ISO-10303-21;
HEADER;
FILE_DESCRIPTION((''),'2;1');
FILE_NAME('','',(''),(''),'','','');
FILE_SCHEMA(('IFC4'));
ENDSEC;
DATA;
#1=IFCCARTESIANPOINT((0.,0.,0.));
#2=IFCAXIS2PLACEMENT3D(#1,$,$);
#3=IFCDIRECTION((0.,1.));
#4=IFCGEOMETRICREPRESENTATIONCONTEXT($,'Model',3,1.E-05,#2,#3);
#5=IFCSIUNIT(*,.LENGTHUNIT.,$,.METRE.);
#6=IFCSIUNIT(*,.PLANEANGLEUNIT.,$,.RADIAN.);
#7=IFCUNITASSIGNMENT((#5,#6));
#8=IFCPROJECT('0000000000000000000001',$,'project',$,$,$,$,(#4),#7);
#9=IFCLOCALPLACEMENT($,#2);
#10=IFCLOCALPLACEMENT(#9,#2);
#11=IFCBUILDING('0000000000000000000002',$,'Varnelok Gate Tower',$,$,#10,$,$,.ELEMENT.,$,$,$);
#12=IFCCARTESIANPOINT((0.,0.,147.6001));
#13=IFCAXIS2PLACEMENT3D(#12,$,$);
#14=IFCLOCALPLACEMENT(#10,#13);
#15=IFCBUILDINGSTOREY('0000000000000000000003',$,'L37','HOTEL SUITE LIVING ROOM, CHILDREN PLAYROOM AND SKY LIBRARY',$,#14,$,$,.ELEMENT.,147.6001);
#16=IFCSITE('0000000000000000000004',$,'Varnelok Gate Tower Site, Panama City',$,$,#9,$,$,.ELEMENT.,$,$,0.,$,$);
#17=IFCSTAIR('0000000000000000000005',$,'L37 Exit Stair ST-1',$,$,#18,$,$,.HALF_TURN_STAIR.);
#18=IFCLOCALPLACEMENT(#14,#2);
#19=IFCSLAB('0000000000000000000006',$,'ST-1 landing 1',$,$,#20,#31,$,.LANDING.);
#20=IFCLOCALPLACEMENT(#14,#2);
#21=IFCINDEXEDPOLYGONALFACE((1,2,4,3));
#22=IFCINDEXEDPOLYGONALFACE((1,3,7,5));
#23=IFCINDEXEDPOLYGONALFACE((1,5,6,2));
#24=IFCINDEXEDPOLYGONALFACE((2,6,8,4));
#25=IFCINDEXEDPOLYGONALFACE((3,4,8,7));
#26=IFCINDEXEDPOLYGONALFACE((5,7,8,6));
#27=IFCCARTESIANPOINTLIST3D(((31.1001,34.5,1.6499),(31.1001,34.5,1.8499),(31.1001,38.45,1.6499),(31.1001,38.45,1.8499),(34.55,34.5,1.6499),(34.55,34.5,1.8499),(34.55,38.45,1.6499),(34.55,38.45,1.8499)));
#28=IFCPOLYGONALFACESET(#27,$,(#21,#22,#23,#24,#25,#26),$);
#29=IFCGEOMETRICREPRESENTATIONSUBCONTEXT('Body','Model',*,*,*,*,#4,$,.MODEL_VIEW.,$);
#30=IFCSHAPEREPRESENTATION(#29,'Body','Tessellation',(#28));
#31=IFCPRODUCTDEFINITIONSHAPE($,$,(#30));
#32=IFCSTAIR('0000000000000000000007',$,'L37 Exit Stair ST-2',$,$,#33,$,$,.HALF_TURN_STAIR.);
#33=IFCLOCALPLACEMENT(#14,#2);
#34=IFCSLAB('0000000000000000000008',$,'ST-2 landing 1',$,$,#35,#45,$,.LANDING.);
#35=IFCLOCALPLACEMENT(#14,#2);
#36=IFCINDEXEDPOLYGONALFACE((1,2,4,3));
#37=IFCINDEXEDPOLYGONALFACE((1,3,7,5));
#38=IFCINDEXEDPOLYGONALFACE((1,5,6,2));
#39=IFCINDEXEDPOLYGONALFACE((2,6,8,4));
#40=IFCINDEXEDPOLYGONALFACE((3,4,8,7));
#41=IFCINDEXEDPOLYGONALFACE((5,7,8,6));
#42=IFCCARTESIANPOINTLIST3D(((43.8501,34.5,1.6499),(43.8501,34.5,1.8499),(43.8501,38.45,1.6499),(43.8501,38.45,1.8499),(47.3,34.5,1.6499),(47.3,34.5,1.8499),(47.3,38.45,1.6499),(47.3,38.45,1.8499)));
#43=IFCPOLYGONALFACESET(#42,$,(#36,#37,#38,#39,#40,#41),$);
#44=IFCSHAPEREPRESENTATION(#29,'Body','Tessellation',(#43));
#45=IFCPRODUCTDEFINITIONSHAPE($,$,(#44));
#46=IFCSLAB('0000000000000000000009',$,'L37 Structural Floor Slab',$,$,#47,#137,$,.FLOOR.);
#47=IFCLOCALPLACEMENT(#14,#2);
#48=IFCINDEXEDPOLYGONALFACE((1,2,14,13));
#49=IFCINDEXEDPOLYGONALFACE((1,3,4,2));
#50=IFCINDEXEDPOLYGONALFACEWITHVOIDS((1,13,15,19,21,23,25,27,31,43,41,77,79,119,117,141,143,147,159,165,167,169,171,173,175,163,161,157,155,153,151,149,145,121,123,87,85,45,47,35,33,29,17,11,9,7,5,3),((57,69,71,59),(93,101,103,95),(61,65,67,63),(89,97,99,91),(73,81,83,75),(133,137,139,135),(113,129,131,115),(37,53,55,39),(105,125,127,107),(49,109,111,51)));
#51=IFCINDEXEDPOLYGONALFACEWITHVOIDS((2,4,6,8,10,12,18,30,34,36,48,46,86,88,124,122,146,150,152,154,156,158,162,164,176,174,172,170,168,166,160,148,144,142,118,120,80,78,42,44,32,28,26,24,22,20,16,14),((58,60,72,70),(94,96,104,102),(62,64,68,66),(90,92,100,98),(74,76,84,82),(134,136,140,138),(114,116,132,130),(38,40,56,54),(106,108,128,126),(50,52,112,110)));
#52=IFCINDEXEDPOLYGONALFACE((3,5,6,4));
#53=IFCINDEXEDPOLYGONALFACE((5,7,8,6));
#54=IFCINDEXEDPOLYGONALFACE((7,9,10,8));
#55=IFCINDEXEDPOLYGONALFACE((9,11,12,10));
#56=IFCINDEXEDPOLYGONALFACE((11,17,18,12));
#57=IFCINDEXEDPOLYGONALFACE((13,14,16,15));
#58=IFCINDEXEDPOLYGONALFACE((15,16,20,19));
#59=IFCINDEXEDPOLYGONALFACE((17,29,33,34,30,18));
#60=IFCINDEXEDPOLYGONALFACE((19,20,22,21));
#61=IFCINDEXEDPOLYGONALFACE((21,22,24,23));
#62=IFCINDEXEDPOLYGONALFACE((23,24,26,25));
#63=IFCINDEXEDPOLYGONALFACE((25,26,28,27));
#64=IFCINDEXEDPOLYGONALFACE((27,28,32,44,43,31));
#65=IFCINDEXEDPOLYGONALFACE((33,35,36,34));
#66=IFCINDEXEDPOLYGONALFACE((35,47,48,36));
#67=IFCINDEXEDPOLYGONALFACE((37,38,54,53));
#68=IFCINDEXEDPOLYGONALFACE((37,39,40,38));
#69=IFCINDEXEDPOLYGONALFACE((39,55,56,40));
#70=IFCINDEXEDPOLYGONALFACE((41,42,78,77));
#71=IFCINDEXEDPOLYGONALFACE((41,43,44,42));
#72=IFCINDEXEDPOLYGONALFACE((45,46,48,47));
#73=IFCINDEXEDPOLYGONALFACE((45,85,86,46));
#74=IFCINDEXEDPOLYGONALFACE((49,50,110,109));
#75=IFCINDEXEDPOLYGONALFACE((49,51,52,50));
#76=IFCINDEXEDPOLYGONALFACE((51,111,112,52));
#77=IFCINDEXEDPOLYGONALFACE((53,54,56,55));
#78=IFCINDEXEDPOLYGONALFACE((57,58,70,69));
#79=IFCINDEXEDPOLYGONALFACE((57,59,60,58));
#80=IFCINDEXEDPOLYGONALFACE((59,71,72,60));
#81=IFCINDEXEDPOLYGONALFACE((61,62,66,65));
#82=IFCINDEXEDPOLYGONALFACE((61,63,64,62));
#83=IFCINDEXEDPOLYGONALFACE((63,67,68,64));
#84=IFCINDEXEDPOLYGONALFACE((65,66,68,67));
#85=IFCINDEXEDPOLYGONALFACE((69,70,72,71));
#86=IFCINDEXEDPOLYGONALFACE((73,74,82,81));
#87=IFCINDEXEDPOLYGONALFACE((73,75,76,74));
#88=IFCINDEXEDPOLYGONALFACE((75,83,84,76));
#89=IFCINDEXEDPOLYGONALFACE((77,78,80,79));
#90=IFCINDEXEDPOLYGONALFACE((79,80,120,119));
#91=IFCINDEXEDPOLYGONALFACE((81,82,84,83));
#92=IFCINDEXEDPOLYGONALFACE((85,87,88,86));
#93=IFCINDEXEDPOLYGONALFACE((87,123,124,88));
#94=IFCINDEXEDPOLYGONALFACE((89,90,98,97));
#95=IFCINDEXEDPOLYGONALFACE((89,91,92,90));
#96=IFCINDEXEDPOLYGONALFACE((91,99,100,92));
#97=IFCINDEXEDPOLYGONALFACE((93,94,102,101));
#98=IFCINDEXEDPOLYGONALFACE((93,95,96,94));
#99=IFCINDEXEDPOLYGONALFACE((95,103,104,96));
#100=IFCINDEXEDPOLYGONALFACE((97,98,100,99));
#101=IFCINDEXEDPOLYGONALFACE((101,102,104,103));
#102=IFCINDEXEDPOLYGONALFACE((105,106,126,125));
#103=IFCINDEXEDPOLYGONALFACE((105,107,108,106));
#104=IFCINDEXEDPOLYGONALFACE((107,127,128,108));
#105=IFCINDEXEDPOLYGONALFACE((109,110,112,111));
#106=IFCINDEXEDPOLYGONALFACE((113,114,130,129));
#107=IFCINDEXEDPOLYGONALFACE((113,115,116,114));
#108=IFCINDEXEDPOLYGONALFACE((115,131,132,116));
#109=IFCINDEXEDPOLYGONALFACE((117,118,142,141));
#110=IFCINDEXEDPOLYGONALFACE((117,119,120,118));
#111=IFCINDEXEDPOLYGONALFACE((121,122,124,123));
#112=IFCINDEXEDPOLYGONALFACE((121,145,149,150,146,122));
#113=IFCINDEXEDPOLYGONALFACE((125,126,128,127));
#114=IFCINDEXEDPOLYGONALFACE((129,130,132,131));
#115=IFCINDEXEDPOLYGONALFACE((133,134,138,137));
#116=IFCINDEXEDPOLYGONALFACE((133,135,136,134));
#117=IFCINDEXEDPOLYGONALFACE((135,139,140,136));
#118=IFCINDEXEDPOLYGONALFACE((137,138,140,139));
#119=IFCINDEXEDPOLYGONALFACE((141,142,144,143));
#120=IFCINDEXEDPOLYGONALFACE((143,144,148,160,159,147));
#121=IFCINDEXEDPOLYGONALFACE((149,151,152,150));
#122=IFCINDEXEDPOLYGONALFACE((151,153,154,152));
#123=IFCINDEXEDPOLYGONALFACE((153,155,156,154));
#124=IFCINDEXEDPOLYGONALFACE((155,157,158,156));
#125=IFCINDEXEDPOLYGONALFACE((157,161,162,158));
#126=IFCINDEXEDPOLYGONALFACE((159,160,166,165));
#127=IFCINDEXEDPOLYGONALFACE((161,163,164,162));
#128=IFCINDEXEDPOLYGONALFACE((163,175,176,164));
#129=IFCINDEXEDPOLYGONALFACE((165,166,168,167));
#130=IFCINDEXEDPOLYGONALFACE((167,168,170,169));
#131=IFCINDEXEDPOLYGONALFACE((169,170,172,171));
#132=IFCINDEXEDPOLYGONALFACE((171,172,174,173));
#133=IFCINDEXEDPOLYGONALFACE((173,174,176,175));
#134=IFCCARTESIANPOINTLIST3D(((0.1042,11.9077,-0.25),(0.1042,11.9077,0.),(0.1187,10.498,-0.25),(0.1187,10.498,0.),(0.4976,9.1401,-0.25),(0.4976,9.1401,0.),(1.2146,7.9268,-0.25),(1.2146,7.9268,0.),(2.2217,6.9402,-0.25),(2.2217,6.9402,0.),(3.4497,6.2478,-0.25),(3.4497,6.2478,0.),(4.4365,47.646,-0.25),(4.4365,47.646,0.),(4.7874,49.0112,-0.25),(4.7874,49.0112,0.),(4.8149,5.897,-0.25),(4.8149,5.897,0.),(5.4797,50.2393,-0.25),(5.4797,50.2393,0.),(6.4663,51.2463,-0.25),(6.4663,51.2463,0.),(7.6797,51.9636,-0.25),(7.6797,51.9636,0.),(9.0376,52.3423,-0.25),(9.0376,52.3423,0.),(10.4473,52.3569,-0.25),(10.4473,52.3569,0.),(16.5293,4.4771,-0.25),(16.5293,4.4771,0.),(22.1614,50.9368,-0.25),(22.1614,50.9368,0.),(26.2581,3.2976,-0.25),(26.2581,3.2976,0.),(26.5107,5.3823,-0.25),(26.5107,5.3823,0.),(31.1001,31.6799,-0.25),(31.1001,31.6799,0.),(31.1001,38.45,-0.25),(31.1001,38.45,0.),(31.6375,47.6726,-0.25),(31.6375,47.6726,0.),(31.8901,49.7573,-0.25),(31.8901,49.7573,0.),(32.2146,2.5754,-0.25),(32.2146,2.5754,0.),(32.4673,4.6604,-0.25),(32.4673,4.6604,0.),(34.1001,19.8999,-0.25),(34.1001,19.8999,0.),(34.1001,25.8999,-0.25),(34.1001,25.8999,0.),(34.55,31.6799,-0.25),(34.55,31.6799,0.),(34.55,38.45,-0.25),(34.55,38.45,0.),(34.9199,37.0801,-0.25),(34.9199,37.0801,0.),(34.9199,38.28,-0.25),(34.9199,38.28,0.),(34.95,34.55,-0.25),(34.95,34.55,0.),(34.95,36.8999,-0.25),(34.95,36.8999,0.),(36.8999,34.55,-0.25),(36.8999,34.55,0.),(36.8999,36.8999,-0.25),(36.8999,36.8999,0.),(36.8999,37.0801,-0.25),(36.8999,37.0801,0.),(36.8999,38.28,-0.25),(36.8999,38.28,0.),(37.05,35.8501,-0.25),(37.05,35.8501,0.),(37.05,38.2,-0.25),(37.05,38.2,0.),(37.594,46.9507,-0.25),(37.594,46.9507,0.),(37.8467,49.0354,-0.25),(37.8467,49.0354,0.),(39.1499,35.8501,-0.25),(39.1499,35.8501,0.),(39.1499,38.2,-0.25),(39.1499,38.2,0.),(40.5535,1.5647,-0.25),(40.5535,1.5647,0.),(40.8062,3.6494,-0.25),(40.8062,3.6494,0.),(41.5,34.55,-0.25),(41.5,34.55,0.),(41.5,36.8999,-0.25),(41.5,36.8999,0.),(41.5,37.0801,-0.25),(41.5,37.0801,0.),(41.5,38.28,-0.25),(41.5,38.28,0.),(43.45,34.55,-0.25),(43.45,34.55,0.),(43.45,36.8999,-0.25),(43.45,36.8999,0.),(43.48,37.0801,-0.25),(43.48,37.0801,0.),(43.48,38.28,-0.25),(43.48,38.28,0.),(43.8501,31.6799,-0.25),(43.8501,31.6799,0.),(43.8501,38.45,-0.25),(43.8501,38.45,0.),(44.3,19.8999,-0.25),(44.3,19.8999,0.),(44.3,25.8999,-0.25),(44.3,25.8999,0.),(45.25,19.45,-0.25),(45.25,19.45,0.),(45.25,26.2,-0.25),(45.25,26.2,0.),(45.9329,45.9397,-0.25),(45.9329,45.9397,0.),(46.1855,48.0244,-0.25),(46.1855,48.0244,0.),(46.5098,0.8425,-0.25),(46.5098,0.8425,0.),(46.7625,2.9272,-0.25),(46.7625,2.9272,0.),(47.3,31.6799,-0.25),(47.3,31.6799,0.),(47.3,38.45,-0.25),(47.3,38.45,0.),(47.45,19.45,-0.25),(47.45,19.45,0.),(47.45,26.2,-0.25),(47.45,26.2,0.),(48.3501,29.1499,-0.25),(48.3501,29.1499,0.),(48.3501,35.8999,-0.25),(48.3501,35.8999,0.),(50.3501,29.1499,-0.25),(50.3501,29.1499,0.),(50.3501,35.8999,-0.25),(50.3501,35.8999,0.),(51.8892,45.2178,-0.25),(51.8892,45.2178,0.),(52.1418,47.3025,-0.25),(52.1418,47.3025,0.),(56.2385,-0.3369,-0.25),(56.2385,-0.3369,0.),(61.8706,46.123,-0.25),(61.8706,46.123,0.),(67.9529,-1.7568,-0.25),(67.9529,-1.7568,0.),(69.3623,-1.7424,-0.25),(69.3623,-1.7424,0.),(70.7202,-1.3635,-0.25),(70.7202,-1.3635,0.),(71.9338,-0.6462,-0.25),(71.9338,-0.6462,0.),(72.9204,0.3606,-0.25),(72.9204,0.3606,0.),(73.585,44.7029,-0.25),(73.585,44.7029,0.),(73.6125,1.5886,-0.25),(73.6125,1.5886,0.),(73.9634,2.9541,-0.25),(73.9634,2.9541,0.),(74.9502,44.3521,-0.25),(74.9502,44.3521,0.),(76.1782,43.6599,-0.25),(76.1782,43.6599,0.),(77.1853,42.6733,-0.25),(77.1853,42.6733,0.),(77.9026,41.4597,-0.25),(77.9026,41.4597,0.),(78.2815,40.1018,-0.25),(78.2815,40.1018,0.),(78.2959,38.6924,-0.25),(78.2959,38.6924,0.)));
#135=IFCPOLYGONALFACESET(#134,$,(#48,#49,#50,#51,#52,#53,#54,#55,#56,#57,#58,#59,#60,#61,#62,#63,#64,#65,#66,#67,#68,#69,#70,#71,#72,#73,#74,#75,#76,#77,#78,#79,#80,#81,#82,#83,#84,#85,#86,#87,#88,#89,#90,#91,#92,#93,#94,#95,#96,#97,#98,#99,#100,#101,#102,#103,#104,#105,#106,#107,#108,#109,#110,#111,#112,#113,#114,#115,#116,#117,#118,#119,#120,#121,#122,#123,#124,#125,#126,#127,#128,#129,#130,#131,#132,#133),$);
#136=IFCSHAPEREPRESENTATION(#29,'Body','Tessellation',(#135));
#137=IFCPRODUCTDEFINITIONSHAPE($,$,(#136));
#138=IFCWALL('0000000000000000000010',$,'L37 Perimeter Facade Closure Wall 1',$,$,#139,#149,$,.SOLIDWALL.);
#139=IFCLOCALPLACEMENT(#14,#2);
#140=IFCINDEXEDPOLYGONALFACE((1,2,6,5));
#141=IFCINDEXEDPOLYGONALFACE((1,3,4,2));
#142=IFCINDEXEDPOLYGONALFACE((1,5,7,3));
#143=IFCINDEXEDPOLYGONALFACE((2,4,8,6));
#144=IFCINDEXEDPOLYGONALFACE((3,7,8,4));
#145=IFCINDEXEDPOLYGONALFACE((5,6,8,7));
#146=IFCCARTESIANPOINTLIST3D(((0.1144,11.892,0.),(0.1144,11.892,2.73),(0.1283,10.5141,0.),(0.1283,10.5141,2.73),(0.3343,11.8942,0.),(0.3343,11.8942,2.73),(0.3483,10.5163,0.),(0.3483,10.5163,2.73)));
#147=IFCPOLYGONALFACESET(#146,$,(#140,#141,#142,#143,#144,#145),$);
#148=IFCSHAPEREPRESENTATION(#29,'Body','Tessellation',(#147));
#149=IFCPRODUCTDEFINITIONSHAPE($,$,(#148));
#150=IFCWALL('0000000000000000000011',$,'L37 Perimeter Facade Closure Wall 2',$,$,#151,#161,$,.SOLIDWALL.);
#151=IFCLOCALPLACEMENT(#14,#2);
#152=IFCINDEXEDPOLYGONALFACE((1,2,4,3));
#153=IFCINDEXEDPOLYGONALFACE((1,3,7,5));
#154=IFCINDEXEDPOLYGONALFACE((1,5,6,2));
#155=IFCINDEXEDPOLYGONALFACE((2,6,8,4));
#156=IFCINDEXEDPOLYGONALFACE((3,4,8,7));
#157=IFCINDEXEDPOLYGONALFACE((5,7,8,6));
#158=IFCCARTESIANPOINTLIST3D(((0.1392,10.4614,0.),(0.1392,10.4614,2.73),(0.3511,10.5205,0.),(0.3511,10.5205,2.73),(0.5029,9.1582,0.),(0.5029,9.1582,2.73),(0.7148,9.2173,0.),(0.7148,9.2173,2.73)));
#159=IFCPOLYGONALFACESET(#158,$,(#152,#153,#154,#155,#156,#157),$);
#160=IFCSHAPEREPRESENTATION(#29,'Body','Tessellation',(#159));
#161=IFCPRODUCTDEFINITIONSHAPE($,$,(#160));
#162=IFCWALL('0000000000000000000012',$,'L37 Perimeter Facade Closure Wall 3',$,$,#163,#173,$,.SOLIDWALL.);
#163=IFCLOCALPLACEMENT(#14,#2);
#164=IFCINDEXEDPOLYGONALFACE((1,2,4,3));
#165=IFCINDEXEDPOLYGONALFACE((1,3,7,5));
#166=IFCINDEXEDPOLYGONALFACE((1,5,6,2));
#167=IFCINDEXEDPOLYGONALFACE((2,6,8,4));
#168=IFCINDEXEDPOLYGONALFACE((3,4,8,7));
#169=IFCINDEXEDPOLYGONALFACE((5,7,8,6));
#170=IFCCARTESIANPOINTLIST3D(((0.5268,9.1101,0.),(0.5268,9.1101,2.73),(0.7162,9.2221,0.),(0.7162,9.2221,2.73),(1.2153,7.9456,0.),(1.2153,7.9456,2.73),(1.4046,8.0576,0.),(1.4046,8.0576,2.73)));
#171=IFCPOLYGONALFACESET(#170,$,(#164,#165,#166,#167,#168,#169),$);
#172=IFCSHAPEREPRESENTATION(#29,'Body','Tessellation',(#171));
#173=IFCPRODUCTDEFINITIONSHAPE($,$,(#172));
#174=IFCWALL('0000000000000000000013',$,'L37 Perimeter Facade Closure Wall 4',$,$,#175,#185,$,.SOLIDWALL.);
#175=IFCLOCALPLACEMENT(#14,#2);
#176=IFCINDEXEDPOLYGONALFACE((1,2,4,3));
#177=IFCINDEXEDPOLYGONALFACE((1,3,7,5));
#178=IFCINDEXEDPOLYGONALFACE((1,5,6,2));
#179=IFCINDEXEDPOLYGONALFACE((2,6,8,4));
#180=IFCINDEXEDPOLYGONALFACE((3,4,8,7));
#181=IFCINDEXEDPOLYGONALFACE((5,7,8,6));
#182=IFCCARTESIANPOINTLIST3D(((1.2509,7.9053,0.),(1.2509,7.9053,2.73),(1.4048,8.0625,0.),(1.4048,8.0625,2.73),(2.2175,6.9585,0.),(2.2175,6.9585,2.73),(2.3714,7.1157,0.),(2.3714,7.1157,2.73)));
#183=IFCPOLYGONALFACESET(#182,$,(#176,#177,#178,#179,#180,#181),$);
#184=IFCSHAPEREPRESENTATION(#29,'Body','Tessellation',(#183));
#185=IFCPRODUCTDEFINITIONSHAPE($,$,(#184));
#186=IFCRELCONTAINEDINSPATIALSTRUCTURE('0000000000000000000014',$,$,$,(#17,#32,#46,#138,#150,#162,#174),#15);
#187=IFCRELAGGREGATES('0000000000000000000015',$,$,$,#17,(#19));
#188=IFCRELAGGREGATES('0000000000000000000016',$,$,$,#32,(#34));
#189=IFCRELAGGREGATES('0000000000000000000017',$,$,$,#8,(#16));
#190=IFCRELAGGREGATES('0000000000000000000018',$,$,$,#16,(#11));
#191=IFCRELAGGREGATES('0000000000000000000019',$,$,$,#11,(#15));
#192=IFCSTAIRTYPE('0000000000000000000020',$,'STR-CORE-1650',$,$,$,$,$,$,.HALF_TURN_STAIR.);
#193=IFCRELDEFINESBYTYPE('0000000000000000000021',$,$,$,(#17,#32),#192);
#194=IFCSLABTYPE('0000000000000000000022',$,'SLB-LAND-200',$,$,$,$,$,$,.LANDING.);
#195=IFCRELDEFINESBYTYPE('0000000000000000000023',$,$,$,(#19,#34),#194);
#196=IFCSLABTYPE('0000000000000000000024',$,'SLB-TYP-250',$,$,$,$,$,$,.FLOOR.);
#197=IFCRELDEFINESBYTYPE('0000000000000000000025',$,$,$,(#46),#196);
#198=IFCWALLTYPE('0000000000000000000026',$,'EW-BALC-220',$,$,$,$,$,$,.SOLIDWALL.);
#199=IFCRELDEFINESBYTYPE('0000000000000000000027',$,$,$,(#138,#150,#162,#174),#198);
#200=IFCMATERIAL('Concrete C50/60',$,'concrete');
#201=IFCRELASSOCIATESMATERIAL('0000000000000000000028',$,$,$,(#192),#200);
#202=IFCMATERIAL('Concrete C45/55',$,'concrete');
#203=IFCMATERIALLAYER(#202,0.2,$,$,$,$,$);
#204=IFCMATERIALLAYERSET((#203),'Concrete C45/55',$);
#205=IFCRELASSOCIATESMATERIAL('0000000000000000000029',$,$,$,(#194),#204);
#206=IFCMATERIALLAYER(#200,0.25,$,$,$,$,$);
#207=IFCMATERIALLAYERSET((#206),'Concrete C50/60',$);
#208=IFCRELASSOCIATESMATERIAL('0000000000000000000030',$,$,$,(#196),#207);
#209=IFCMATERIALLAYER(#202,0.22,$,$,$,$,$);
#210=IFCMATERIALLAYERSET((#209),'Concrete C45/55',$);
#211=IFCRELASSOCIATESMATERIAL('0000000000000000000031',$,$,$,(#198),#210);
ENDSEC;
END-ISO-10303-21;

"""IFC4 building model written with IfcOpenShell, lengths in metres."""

from ifc_helpers import new_model, si_unit, direction, frame, frame_2d, origin, place, context, subcontext, project, spatial, polyline, rectangle, outline, extrude, material, layer, layer_set, type_object, element, aggregate, save


model = new_model("IFC4")

# Units and contexts
model_context = context("Model", 3, precision=1e-05, world=origin(), true_north=direction((0.0, 1.0)))
body_context = subcontext(model_context, "Body", "Model", "MODEL_VIEW")
ifc_project = project(units=[si_unit("LENGTHUNIT", "METRE"), si_unit("PLANEANGLEUNIT", "RADIAN")], contexts=[model_context])

# Site, building, storey
site_placement = place(None, origin())
site = spatial("IfcSite", under=ifc_project, at=site_placement, Name="Varnelok Gate Tower Site, Panama City", CompositionType="ELEMENT", RefElevation=0.0)
building_placement = place(site_placement, origin())
building = spatial("IfcBuilding", under=site, at=building_placement, Name="Varnelok Gate Tower", CompositionType="ELEMENT")
storey_placement = place(building_placement, frame((0.0, 0.0, 147.6001)))
storey = spatial("IfcBuildingStorey", under=building, at=storey_placement, Name="L37", Description="HOTEL SUITE LIVING ROOM, CHILDREN PLAYROOM AND SKY LIBRARY", CompositionType="ELEMENT", Elevation=147.6001)

# Shared definitions
ifc_material_1 = material(Name="Concrete C45/55", Category="concrete")

# Stairs, slabs
ifc_material_2 = material(Name="Concrete C50/60", Category="concrete")
stair_type = type_object("IfcStairType", Name="STR-CORE-1650", PredefinedType="HALF_TURN_STAIR", material=ifc_material_2)
stair_1_placement = place(storey_placement, origin())
stair_1 = element("IfcStair", 1, at=stair_1_placement, inside=storey, type_object=stair_type, Name="L37 Exit Stair ST-1", PredefinedType="HALF_TURN_STAIR")
ifc_layer_1 = layer(ifc_material_1, 0.2)
ifc_layer_set_1 = layer_set([ifc_layer_1], Name="Concrete C45/55")
slab_type_1 = type_object("IfcSlabType", Name="SLB-LAND-200", PredefinedType="LANDING", material=ifc_layer_set_1)
slab_1_placement = place(storey_placement, frame((0.0, 0.0, 1.6499)))
slab_1 = element("IfcSlab", 2, at=slab_1_placement, type_object=slab_type_1, Name="ST-1 landing 1", PredefinedType="LANDING", context=body_context, shape_type="SweptSolid", body=[
    extrude(outline(polyline([(34.55, 34.5), (34.55, 38.45), (31.1001, 38.45), (31.1001, 34.5), (34.55, 34.5)])), origin(), (0.0, 0.0, 1.0), 0.2),
])
aggregate(stair_1, [slab_1])
stair_2_placement = place(storey_placement, origin())
stair_2 = element("IfcStair", 3, at=stair_2_placement, inside=storey, type_object=stair_type, Name="L37 Exit Stair ST-2", PredefinedType="HALF_TURN_STAIR")
slab_2_placement = place(storey_placement, frame((0.0, 0.0, 1.6499)))
slab_2 = element("IfcSlab", 4, at=slab_2_placement, type_object=slab_type_1, Name="ST-2 landing 1", PredefinedType="LANDING", context=body_context, shape_type="SweptSolid", body=[
    extrude(outline(polyline([(47.3, 34.5), (47.3, 38.45), (43.8501, 38.45), (43.8501, 34.5), (47.3, 34.5)])), origin(), (0.0, 0.0, 1.0), 0.2),
])
aggregate(stair_2, [slab_2])

# Slab
ifc_layer_2 = layer(ifc_material_2, 0.25)
ifc_layer_set_2 = layer_set([ifc_layer_2], Name="Concrete C50/60")
slab_type_2 = type_object("IfcSlabType", Name="SLB-TYP-250", PredefinedType="FLOOR", material=ifc_layer_set_2)
slab_3_placement = place(storey_placement, frame((0.0, 0.0, -0.25)))
element("IfcSlab", 5, at=slab_3_placement, inside=storey, type_object=slab_type_2, Name="L37 Structural Floor Slab", PredefinedType="FLOOR", context=body_context, shape_type="SweptSolid", body=[
    extrude(outline(polyline([(0.1042, 11.9077), (0.1187, 10.498), (0.4976, 9.1401), (1.2146, 7.9268), (2.2217, 6.9402), (3.4497, 6.2478), (4.8149, 5.897), (16.5293, 4.4771), (26.2581, 3.2976), (26.5107, 5.3823), (32.4673, 4.6604), (32.2146, 2.5754), (40.5535, 1.5647), (40.8062, 3.6494), (46.7625, 2.9272), (46.5098, 0.8425), (56.2385, -0.3369), (67.9529, -1.7568), (69.3623, -1.7424), (70.7202, -1.3635), (71.9338, -0.6462), (72.9204, 0.3606), (73.6125, 1.5886), (73.9634, 2.9541), (78.2959, 38.6924), (78.2815, 40.1018), (77.9026, 41.4597), (77.1853, 42.6733), (76.1782, 43.6599), (74.9502, 44.3521), (73.585, 44.7029), (61.8706, 46.123), (52.1418, 47.3025), (51.8892, 45.2178), (45.9329, 45.9397), (46.1855, 48.0244), (37.8467, 49.0354), (37.594, 46.9507), (31.6375, 47.6726), (31.8901, 49.7573), (22.1614, 50.9368), (10.4473, 52.3569), (9.0376, 52.3423), (7.6797, 51.9636), (6.4663, 51.2463), (5.4797, 50.2393), (4.7874, 49.0112), (4.4365, 47.646), (0.1042, 11.9077)]), holes=[polyline([(34.55, 31.6799), (34.55, 38.45), (31.1001, 38.45), (31.1001, 31.6799), (34.55, 31.6799)]), polyline([(47.3, 31.6799), (47.3, 38.45), (43.8501, 38.45), (43.8501, 31.6799), (47.3, 31.6799)]), polyline([(34.95, 34.55), (36.8999, 34.55), (36.8999, 36.8999), (34.95, 36.8999), (34.95, 34.55)]), polyline([(41.5, 34.55), (43.45, 34.55), (43.45, 36.8999), (41.5, 36.8999), (41.5, 34.55)]), polyline([(37.05, 35.8501), (39.1499, 35.8501), (39.1499, 38.2), (37.05, 38.2), (37.05, 35.8501)]), polyline([(48.3501, 29.1499), (50.3501, 29.1499), (50.3501, 35.8999), (48.3501, 35.8999), (48.3501, 29.1499)]), polyline([(45.25, 19.45), (47.45, 19.45), (47.45, 26.2), (45.25, 26.2), (45.25, 19.45)]), polyline([(34.9199, 37.0801), (36.8999, 37.0801), (36.8999, 38.28), (34.9199, 38.28), (34.9199, 37.0801)]), polyline([(41.5, 37.0801), (43.48, 37.0801), (43.48, 38.28), (41.5, 38.28), (41.5, 37.0801)]), polyline([(34.1001, 19.8999), (44.3, 19.8999), (44.3, 25.8999), (34.1001, 25.8999), (34.1001, 19.8999)])]), origin(), (0.0, 0.0, 1.0), 0.25),
])

# Walls
ifc_layer_3 = layer(ifc_material_1, 0.22)
ifc_layer_set_3 = layer_set([ifc_layer_3], Name="Concrete C45/55")
wall_type_1 = type_object("IfcWallType", Name="EW-BALC-220", PredefinedType="SOLIDWALL", material=ifc_layer_set_3)
wall_1_placement = place(storey_placement, frame((0.2244, 11.8931, 0.0), z_axis=(0.0, 0.0, 1.0), x_axis=(0.010099, -0.999949, 0.0)))
element("IfcWall", 6, at=wall_1_placement, inside=storey, type_object=wall_type_1, Name="L37 Perimeter Facade Closure Wall 1", PredefinedType="SOLIDWALL", context=body_context, shape_type="SweptSolid", body=[
    extrude(rectangle(XDim=1.3779, YDim=0.22, at=frame_2d((0.689, 0.0))), origin(), (0.0, 0.0, 1.0), 2.73),
])
wall_2_placement = place(storey_placement, frame((0.2451, 10.491, 0.0), z_axis=(0.0, 0.0, 1.0), x_axis=(0.268853, -0.963181, 0.0)))
element("IfcWall", 7, at=wall_2_placement, inside=storey, type_object=wall_type_1, Name="L37 Perimeter Facade Closure Wall 2", PredefinedType="SOLIDWALL", context=body_context, shape_type="SweptSolid", body=[
    extrude(rectangle(XDim=1.353, YDim=0.22, at=frame_2d((0.6765, 0.0))), origin(), (0.0, 0.0, 1.0), 2.73),
])
wall_3_placement = place(storey_placement, frame((0.6216, 9.166, 0.0), z_axis=(0.0, 0.0, 1.0), x_axis=(0.508912, -0.860819, 0.0)))
element("IfcWall", 8, at=wall_3_placement, inside=storey, type_object=wall_type_1, Name="L37 Perimeter Facade Closure Wall 3", PredefinedType="SOLIDWALL", context=body_context, shape_type="SweptSolid", body=[
    extrude(rectangle(XDim=1.3528, YDim=0.22, at=frame_2d((0.6763, 0.0))), origin(), (0.0, 0.0, 1.0), 2.73),
])
wall_4_placement = place(storey_placement, frame((1.3279, 7.9839, 0.0), z_axis=(0.0, 0.0, 1.0), x_axis=(0.714377, -0.699761, 0.0)))
element("IfcWall", 9, at=wall_4_placement, inside=storey, type_object=wall_type_1, Name="L37 Perimeter Facade Closure Wall 4", PredefinedType="SOLIDWALL", context=body_context, shape_type="SweptSolid", body=[
    extrude(rectangle(XDim=1.353, YDim=0.22, at=frame_2d((0.6765, 0.0))), origin(), (0.0, 0.0, 1.0), 2.73),
])

save(model, "model.ifc")
